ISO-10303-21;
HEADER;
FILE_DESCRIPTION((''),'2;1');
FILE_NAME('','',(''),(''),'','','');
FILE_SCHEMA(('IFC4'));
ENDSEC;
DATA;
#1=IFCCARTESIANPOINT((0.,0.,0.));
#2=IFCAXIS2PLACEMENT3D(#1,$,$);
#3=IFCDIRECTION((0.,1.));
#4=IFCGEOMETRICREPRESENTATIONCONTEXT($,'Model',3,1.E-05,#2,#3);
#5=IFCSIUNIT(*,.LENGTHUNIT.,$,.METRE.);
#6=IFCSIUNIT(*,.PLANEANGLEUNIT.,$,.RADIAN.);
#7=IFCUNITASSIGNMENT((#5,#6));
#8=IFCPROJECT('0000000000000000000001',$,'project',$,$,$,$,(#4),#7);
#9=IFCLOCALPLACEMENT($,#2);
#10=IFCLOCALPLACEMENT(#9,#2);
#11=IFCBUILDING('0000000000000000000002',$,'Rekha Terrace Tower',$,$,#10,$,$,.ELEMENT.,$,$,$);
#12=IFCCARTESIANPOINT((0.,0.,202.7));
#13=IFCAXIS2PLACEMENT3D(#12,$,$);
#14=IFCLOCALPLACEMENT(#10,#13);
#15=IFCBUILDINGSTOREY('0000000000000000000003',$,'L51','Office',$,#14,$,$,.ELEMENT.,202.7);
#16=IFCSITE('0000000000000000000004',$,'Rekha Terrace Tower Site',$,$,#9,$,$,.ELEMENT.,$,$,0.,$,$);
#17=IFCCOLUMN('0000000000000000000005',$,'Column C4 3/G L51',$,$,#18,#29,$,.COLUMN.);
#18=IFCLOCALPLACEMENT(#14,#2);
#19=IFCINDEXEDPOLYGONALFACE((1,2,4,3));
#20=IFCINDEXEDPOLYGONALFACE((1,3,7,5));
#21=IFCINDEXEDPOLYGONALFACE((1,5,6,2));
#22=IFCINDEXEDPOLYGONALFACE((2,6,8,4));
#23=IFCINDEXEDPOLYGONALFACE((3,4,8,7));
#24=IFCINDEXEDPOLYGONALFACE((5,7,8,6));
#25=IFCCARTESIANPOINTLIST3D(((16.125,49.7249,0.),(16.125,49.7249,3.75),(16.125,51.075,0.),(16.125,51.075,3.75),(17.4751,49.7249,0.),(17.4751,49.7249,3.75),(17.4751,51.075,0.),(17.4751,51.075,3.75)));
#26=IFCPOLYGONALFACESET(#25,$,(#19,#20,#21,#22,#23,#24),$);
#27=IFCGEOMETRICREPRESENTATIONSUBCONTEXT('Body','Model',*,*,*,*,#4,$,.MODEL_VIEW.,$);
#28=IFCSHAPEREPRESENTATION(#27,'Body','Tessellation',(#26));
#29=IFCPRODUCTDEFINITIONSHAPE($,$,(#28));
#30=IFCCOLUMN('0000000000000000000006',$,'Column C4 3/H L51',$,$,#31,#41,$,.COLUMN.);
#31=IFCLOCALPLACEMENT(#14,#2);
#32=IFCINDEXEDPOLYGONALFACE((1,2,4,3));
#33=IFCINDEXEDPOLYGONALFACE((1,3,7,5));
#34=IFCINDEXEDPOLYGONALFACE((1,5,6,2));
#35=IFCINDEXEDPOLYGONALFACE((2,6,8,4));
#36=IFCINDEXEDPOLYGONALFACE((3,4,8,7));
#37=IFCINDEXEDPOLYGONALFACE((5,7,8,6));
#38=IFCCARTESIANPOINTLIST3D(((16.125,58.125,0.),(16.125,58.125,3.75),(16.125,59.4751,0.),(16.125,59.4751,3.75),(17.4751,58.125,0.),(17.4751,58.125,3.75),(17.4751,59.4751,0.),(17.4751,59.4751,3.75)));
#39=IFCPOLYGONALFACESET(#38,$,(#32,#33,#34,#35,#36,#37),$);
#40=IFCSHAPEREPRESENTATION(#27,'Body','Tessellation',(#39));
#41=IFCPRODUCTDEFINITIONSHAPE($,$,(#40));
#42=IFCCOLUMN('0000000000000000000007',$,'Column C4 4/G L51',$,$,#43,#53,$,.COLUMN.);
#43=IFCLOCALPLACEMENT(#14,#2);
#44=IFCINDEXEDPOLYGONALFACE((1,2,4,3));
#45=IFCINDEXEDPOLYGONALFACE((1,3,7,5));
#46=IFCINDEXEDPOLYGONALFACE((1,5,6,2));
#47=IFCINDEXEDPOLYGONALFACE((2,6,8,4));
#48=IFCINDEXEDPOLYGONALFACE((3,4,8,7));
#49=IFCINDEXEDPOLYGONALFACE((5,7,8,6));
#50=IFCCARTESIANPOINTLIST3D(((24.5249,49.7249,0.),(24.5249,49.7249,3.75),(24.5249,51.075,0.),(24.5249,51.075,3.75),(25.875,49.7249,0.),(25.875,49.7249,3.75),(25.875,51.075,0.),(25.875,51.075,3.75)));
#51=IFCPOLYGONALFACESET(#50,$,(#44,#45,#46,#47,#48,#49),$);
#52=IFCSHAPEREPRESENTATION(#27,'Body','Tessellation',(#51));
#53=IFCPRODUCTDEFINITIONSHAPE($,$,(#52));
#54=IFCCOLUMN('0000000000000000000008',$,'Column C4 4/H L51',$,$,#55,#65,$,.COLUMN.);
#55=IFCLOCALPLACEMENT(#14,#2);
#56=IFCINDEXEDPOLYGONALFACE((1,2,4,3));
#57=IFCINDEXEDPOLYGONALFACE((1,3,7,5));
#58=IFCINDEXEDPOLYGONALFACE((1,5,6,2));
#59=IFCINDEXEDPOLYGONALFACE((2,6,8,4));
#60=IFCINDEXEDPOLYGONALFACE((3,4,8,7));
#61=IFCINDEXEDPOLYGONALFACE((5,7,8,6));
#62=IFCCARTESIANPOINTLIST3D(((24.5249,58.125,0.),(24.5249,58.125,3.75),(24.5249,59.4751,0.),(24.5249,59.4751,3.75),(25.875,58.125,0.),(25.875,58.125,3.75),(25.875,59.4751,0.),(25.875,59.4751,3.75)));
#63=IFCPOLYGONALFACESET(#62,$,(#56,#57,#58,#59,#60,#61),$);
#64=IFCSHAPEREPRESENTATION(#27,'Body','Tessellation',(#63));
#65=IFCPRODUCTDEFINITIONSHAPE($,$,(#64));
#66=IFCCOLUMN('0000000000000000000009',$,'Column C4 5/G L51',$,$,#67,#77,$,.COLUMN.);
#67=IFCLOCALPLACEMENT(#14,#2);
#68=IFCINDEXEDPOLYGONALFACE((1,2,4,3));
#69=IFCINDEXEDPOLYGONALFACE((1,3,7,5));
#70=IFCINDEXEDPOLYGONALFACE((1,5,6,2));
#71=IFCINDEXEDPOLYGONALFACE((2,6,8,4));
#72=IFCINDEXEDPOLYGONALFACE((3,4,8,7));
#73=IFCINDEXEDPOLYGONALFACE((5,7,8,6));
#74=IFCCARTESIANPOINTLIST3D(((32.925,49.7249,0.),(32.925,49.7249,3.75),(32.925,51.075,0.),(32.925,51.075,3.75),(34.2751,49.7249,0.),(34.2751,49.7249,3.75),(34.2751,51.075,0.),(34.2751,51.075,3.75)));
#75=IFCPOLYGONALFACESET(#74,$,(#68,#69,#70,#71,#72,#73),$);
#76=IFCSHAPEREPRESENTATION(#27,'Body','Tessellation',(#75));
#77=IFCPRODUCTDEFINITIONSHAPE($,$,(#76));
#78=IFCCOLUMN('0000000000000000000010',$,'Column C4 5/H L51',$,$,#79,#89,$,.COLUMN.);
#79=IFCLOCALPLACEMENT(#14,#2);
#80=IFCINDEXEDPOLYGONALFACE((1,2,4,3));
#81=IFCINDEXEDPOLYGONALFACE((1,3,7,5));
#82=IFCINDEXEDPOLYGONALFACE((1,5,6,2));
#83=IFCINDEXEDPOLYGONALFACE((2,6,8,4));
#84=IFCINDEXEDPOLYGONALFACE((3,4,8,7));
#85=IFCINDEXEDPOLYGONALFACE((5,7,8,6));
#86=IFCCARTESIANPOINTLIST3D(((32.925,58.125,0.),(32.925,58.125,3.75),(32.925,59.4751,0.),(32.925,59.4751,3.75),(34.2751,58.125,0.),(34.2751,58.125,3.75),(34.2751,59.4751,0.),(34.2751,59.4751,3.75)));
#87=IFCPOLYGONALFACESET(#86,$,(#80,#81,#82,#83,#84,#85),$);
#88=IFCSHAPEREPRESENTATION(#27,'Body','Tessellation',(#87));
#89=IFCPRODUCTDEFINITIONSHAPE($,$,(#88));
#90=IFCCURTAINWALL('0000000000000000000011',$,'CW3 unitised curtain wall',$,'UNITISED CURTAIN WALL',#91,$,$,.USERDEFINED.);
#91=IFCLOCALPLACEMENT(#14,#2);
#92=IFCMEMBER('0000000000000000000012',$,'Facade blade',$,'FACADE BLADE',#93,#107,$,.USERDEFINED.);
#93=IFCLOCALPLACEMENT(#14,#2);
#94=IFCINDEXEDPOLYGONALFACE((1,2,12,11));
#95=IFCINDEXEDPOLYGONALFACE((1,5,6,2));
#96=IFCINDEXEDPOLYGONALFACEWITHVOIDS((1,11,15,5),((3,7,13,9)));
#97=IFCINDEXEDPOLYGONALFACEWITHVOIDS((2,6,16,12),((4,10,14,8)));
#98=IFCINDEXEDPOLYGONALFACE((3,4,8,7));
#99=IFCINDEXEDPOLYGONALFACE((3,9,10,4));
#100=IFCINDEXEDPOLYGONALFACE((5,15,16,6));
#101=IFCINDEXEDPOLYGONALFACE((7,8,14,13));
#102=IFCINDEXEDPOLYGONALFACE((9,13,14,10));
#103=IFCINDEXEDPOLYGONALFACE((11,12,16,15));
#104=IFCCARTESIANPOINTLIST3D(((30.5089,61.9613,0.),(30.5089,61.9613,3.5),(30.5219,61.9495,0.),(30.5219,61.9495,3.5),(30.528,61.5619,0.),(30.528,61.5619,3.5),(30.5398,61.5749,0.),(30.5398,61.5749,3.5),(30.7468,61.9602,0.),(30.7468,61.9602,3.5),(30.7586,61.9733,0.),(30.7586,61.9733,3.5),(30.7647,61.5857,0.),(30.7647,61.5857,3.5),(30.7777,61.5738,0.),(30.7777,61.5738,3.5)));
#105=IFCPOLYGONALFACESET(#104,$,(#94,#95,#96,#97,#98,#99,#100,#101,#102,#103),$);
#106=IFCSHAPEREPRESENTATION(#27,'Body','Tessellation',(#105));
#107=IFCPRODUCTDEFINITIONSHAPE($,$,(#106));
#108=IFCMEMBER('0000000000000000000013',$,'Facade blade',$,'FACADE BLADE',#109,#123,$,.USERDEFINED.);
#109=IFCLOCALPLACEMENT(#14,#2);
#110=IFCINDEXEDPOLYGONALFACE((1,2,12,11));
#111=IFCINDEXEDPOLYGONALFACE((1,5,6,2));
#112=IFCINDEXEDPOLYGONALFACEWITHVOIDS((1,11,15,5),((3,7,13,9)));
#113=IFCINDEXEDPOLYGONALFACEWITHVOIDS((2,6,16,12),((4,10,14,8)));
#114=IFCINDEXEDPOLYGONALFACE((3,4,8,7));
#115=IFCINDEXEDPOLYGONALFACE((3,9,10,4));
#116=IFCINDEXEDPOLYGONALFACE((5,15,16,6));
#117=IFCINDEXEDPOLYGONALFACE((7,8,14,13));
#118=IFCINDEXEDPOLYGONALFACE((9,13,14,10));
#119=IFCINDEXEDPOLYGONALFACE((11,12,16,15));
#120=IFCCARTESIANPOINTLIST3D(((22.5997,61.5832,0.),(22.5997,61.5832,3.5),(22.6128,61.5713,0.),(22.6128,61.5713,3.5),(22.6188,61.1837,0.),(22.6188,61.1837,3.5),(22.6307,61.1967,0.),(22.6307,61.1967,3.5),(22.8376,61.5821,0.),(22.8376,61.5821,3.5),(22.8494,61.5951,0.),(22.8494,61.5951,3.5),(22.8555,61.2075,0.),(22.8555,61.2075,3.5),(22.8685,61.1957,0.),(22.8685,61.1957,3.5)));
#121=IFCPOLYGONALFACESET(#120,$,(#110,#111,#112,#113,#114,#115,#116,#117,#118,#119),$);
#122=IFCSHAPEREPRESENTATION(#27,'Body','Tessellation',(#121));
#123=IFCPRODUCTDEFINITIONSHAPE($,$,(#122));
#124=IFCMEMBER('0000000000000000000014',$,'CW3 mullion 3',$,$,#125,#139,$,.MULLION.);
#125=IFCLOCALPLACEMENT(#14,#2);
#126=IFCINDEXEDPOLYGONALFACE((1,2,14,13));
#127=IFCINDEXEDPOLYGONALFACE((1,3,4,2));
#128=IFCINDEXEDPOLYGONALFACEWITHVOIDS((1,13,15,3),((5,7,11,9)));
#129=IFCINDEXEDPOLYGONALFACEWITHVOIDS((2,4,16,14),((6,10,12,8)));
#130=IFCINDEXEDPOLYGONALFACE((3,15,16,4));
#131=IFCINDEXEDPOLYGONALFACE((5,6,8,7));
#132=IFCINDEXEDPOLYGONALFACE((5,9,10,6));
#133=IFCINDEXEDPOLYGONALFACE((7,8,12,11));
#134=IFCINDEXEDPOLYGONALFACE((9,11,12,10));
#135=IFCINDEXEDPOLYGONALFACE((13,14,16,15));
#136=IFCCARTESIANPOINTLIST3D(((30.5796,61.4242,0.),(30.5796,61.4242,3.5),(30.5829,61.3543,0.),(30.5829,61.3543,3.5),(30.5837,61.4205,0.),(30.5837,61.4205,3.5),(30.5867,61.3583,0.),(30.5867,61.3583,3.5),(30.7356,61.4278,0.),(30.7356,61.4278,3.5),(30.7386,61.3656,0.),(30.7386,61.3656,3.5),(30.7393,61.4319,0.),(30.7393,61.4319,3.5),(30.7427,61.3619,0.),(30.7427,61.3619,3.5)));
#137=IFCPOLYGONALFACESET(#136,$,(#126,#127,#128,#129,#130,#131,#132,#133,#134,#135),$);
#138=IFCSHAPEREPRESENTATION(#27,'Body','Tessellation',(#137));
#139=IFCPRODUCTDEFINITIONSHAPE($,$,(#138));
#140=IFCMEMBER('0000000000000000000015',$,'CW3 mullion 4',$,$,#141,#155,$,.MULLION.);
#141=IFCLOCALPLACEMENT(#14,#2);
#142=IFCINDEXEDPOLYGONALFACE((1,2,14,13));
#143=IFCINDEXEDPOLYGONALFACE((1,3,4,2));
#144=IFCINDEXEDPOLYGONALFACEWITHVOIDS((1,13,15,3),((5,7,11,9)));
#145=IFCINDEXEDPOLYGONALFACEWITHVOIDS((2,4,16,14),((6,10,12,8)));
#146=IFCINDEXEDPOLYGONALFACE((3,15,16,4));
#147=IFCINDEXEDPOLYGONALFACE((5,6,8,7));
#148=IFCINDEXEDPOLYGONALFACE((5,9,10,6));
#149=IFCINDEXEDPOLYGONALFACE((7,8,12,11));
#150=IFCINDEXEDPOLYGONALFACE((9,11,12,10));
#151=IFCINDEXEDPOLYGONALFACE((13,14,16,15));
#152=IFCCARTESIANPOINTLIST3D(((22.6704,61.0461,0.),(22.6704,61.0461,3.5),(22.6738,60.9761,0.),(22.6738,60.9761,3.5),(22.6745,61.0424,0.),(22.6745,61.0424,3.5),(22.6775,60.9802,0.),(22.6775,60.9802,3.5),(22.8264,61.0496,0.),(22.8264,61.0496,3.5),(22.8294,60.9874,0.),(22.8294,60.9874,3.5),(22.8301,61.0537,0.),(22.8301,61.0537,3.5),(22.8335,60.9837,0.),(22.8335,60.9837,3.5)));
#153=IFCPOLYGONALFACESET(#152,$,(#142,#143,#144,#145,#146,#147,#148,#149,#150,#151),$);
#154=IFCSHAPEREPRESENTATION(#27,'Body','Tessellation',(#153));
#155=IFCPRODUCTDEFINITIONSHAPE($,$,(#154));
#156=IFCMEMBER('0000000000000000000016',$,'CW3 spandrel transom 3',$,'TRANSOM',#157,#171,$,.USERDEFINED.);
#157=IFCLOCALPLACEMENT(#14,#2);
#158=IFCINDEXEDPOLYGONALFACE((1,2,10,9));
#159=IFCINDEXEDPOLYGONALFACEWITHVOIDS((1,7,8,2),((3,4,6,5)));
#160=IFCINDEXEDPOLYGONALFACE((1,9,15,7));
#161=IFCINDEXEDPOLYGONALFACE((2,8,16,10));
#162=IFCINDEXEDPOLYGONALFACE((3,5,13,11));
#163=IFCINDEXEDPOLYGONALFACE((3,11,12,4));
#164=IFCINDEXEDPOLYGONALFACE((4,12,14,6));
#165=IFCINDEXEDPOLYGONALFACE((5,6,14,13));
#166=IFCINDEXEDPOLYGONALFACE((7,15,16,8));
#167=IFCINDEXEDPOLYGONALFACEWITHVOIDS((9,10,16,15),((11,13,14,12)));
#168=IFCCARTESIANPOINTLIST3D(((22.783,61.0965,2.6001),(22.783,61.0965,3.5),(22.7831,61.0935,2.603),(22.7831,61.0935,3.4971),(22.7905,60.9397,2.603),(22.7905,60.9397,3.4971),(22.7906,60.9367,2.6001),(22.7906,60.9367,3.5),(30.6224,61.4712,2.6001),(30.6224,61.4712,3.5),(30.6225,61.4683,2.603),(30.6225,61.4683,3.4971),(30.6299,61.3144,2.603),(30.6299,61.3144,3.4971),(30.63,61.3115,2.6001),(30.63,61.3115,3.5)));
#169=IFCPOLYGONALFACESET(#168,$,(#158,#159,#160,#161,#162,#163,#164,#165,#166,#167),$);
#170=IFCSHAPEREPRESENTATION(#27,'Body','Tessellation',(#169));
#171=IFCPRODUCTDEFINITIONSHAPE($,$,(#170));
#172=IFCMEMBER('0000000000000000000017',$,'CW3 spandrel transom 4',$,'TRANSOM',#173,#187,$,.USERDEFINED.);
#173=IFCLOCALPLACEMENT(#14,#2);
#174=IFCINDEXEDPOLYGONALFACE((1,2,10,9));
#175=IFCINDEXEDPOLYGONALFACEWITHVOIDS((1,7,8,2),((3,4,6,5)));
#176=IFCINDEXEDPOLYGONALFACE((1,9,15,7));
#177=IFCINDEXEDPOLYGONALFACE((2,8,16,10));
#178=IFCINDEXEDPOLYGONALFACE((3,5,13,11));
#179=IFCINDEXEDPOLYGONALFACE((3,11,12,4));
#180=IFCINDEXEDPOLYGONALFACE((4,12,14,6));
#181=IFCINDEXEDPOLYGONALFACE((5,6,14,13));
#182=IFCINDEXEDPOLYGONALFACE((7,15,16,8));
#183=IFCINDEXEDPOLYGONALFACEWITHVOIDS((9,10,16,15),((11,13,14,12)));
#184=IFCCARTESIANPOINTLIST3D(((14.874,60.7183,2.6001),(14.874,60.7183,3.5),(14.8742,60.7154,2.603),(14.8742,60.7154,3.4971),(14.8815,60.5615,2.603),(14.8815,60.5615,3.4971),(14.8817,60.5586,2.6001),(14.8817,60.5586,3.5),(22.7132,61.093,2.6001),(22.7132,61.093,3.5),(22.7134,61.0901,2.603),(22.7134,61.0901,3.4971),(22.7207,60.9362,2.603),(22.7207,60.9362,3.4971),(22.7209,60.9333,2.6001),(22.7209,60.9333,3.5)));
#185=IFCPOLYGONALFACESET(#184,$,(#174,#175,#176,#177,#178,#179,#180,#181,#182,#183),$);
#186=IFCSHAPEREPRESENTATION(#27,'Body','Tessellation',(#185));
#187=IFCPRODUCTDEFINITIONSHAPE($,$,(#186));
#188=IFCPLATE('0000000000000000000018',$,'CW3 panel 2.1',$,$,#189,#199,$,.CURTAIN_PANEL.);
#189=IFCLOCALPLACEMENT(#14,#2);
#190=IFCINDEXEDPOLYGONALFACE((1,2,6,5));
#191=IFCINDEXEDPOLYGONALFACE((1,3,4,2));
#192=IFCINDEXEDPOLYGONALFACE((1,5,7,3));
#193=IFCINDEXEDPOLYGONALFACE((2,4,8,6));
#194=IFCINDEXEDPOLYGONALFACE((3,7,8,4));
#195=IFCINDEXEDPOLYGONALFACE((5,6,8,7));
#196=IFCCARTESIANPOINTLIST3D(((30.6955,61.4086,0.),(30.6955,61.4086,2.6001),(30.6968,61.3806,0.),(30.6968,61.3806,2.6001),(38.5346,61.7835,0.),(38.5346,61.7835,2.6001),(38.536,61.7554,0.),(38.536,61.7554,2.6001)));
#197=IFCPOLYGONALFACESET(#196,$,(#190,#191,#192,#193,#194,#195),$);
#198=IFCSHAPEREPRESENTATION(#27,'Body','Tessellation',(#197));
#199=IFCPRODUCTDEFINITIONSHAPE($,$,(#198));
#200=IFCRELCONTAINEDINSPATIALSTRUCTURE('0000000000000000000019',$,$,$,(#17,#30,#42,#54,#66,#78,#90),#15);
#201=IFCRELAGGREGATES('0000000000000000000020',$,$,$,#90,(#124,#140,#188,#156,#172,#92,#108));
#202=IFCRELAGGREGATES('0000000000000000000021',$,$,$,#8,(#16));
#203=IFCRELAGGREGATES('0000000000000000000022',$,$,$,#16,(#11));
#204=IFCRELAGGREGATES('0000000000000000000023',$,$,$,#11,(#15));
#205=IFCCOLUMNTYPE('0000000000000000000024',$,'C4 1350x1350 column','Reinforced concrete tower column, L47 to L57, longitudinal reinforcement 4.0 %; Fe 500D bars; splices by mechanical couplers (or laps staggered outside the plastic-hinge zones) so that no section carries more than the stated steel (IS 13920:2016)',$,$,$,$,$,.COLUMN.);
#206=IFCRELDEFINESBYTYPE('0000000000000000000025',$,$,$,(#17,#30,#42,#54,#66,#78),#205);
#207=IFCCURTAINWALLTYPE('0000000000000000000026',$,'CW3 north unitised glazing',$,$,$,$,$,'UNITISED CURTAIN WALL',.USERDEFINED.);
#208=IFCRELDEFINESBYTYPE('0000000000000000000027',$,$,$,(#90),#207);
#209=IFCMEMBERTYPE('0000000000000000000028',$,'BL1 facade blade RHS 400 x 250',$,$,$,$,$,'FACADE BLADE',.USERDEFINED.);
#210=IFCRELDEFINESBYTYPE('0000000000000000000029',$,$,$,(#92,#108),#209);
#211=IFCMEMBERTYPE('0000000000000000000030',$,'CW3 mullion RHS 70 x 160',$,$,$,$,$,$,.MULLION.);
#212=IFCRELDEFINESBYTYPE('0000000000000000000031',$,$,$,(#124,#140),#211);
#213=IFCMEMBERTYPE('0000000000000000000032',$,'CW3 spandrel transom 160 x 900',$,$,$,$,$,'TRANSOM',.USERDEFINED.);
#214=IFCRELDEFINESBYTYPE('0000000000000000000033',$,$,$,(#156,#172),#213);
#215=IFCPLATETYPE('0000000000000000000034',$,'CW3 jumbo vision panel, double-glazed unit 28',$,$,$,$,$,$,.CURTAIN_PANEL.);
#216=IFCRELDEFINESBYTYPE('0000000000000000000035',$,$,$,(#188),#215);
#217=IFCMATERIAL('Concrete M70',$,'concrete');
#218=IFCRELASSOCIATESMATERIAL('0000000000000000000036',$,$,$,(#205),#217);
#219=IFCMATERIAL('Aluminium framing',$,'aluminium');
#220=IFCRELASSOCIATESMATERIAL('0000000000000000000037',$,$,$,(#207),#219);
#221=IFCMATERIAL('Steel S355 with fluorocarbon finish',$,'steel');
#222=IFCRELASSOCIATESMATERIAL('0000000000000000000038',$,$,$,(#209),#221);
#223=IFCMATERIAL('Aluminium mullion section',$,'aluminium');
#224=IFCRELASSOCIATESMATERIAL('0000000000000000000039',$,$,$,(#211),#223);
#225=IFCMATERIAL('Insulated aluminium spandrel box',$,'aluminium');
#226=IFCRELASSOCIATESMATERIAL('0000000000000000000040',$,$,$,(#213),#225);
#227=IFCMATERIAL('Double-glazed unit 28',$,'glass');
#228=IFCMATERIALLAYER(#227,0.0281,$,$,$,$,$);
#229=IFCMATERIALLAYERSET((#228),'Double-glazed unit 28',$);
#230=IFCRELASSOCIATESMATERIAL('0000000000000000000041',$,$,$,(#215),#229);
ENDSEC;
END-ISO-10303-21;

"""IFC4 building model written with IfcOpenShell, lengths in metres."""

from ifc_helpers import new_model, si_unit, direction, frame, origin, origin_2d, place, context, subcontext, project, spatial, rectangle, hollow_rectangle, extrude, material, layer, layer_set, material_profile, profile_set, type_object, element, aggregate, save


model = new_model("IFC4")

# Units and contexts
model_context = context("Model", 3, precision=1e-05, world=origin(), true_north=direction((0.0, 1.0)))
body_context = subcontext(model_context, "Body", "Model", "MODEL_VIEW")
ifc_project = project(units=[si_unit("LENGTHUNIT", "METRE"), si_unit("PLANEANGLEUNIT", "RADIAN")], contexts=[model_context])

# Site, building, storey
site_placement = place(None, origin())
site = spatial("IfcSite", under=ifc_project, at=site_placement, Name="Rekha Terrace Tower Site", CompositionType="ELEMENT", RefElevation=0.0)
building_placement = place(site_placement, origin())
building = spatial("IfcBuilding", under=site, at=building_placement, Name="Rekha Terrace Tower", CompositionType="ELEMENT")
storey_placement = place(building_placement, frame((0.0, 0.0, 202.7)))
storey = spatial("IfcBuildingStorey", under=building, at=storey_placement, Name="L51", Description="Office", CompositionType="ELEMENT", Elevation=202.7)

# Columns
ifc_material_1 = material(Name="Concrete M70", Category="concrete")
ifc_material_profile_1 = material_profile(ifc_material_1, rectangle(XDim=1.3501, YDim=1.3501, at=origin_2d()), Name="RC 1350x1350")
ifc_profile_set_1 = profile_set([ifc_material_profile_1], Name="Concrete M70")
column_type = type_object("IfcColumnType", Name="C4 1350x1350 column", Description="Reinforced concrete tower column, L47 to L57, longitudinal reinforcement 4.0 %; Fe 500D bars; splices by mechanical couplers (or laps staggered outside the plastic-hinge zones) so that no section carries more than the stated steel (IS 13920:2016)", PredefinedType="COLUMN", material=ifc_profile_set_1)
for number, where, z_axis, x_axis, name in (
    (1, (16.8, 50.3999, 0.0), (0.0, 0.0, 1.0), (1.0, 0.0, 0.0), "Column C4 3/G L51"),
    (2, (16.8, 58.8, 0.0), (0.0, 0.0, 1.0), (1.0, 0.0, 0.0), "Column C4 3/H L51"),
    (3, (25.2, 50.3999, 0.0), (0.0, 0.0, 1.0), (1.0, 0.0, 0.0), "Column C4 4/G L51"),
    (4, (25.2, 58.8, 0.0), (0.0, 0.0, 1.0), (1.0, 0.0, 0.0), "Column C4 4/H L51"),
    (5, (33.6001, 50.3999, 0.0), (0.0, 0.0, 1.0), (1.0, 0.0, 0.0), "Column C4 5/G L51"),
    (6, (33.6001, 58.8, 0.0), (0.0, 0.0, 1.0), (1.0, 0.0, 0.0), "Column C4 5/H L51"),
):
    element("IfcColumn", number, at=place(storey_placement, frame(where, z_axis=z_axis, x_axis=x_axis)), inside=storey, type_object=column_type, Name=name, PredefinedType="COLUMN", context=body_context, shape_type="SweptSolid", body=[
        extrude(rectangle(XDim=1.3501, YDim=1.3501, at=origin_2d()), origin(), (0.0, 0.0, 1.0), 3.75),
    ])

# Curtain wall, members, plate
ifc_material_2 = material(Name="Aluminium framing", Category="aluminium")
curtain_wall_type = type_object("IfcCurtainWallType", Name="CW3 north unitised glazing", ElementType="UNITISED CURTAIN WALL", PredefinedType="USERDEFINED", material=ifc_material_2)
curtain_wall_placement = place(storey_placement, origin())
curtain_wall = element("IfcCurtainWall", 7, at=curtain_wall_placement, inside=storey, type_object=curtain_wall_type, Name="CW3 unitised curtain wall", ObjectType="UNITISED CURTAIN WALL", PredefinedType="USERDEFINED")
ifc_material_3 = material(Name="Steel S355 with fluorocarbon finish", Category="steel")
ifc_material_profile_2 = material_profile(ifc_material_3, hollow_rectangle(XDim=0.25, YDim=0.3999, WallThickness=0.0125, at=origin_2d()), Name="RHS400x250x12.5")
ifc_profile_set_2 = profile_set([ifc_material_profile_2], Name="Steel S355 with fluorocarbon finish")
member_type_1 = type_object("IfcMemberType", Name="BL1 facade blade RHS 400 x 250", ElementType="FACADE BLADE", PredefinedType="USERDEFINED", material=ifc_profile_set_2)
member_1_placement = place(storey_placement, frame((30.6433, 61.7676, 0.0), z_axis=(0.0, 0.0, 1.0), x_axis=(-0.998859, -0.047758, 0.0)))
member_1 = element("IfcMember", 8, at=member_1_placement, type_object=member_type_1, Name="Facade blade", ObjectType="FACADE BLADE", PredefinedType="USERDEFINED", context=body_context, shape_type="SweptSolid", body=[
    extrude(hollow_rectangle(XDim=0.25, YDim=0.3999, WallThickness=0.0125, at=origin_2d()), origin(), (0.0, 0.0, 1.0), 3.5),
])
member_2_placement = place(storey_placement, frame((22.7341, 61.3894, 0.0), z_axis=(0.0, 0.0, 1.0), x_axis=(-0.998859, -0.047758, 0.0)))
member_2 = element("IfcMember", 9, at=member_2_placement, type_object=member_type_1, Name="Facade blade", ObjectType="FACADE BLADE", PredefinedType="USERDEFINED", context=body_context, shape_type="SweptSolid", body=[
    extrude(hollow_rectangle(XDim=0.25, YDim=0.3999, WallThickness=0.0125, at=origin_2d()), origin(), (0.0, 0.0, 1.0), 3.5),
])
ifc_material_4 = material(Name="Aluminium mullion section", Category="aluminium")
ifc_material_profile_3 = material_profile(ifc_material_4, hollow_rectangle(XDim=0.0701, YDim=0.1599, WallThickness=0.0039, at=origin_2d()), Name="AL RHS 70x160")
ifc_profile_set_3 = profile_set([ifc_material_profile_3], Name="Aluminium mullion section")
member_type_2 = type_object("IfcMemberType", Name="CW3 mullion RHS 70 x 160", PredefinedType="MULLION", material=ifc_profile_set_3)
member_3_placement = place(storey_placement, frame((30.6611, 61.3931, 0.0), z_axis=(0.0, 0.0, 1.0), x_axis=(0.047759, -0.998859, 0.0)))
member_3 = element("IfcMember", 10, at=member_3_placement, type_object=member_type_2, Name="CW3 mullion 3", PredefinedType="MULLION", context=body_context, shape_type="SweptSolid", body=[
    extrude(hollow_rectangle(XDim=0.0701, YDim=0.1599, WallThickness=0.0039, at=origin_2d()), origin(), (0.0, 0.0, 1.0), 3.5),
])
member_4_placement = place(storey_placement, frame((22.752, 61.0149, 0.0), z_axis=(0.0, 0.0, 1.0), x_axis=(0.047759, -0.998859, 0.0)))
member_4 = element("IfcMember", 11, at=member_4_placement, type_object=member_type_2, Name="CW3 mullion 4", PredefinedType="MULLION", context=body_context, shape_type="SweptSolid", body=[
    extrude(hollow_rectangle(XDim=0.0701, YDim=0.1599, WallThickness=0.0039, at=origin_2d()), origin(), (0.0, 0.0, 1.0), 3.5),
])
ifc_material_5 = material(Name="Insulated aluminium spandrel box", Category="aluminium")
ifc_material_profile_4 = material_profile(ifc_material_5, hollow_rectangle(XDim=0.1599, YDim=0.8999, WallThickness=0.0029, at=origin_2d()), Name="AL SPANDREL BOX 160x900")
ifc_profile_set_4 = profile_set([ifc_material_profile_4], Name="Insulated aluminium spandrel box")
member_type_3 = type_object("IfcMemberType", Name="CW3 spandrel transom 160 x 900", ElementType="TRANSOM", PredefinedType="USERDEFINED", material=ifc_profile_set_4)
member_5_placement = place(storey_placement, frame((30.6262, 61.3914, 3.05), z_axis=(-0.998859, -0.04775, 0.0), x_axis=(0.04775, -0.998859, 0.0)))
member_5 = element("IfcMember", 12, at=member_5_placement, type_object=member_type_3, Name="CW3 spandrel transom 3", ObjectType="TRANSOM", PredefinedType="USERDEFINED", context=body_context, shape_type="SweptSolid", body=[
    extrude(hollow_rectangle(XDim=0.1599, YDim=0.8999, WallThickness=0.0029, at=origin_2d()), origin(), (0.0, 0.0, 1.0), 7.8484),
])
member_6_placement = place(storey_placement, frame((22.717, 61.0132, 3.05), z_axis=(-0.998859, -0.047751, 0.0), x_axis=(0.047751, -0.998859, 0.0)))
member_6 = element("IfcMember", 13, at=member_6_placement, type_object=member_type_3, Name="CW3 spandrel transom 4", ObjectType="TRANSOM", PredefinedType="USERDEFINED", context=body_context, shape_type="SweptSolid", body=[
    extrude(hollow_rectangle(XDim=0.1599, YDim=0.8999, WallThickness=0.0029, at=origin_2d()), origin(), (0.0, 0.0, 1.0), 7.8481),
])
ifc_material_6 = material(Name="Double-glazed unit 28", Category="glass")
ifc_layer_1 = layer(ifc_material_6, 0.0281)
ifc_layer_set_1 = layer_set([ifc_layer_1], Name="Double-glazed unit 28")
plate_type = type_object("IfcPlateType", Name="CW3 jumbo vision panel, double-glazed unit 28", PredefinedType="CURTAIN_PANEL", material=ifc_layer_set_1)
plate_1_placement = place(storey_placement, frame((34.6157, 61.582, 0.0), z_axis=(0.0, 0.0, 1.0), x_axis=(-0.998859, -0.047759, 0.0)))
plate_1 = element("IfcPlate", 14, at=plate_1_placement, type_object=plate_type, Name="CW3 panel 2.1", PredefinedType="CURTAIN_PANEL", context=body_context, shape_type="SweptSolid", body=[
    extrude(rectangle(XDim=7.8481, YDim=0.0281, at=origin_2d()), origin(), (0.0, 0.0, 1.0), 2.6001),
])
aggregate(curtain_wall, [member_3, member_4, plate_1, member_5, member_6, member_1, member_2])

save(model, "model.ifc")
